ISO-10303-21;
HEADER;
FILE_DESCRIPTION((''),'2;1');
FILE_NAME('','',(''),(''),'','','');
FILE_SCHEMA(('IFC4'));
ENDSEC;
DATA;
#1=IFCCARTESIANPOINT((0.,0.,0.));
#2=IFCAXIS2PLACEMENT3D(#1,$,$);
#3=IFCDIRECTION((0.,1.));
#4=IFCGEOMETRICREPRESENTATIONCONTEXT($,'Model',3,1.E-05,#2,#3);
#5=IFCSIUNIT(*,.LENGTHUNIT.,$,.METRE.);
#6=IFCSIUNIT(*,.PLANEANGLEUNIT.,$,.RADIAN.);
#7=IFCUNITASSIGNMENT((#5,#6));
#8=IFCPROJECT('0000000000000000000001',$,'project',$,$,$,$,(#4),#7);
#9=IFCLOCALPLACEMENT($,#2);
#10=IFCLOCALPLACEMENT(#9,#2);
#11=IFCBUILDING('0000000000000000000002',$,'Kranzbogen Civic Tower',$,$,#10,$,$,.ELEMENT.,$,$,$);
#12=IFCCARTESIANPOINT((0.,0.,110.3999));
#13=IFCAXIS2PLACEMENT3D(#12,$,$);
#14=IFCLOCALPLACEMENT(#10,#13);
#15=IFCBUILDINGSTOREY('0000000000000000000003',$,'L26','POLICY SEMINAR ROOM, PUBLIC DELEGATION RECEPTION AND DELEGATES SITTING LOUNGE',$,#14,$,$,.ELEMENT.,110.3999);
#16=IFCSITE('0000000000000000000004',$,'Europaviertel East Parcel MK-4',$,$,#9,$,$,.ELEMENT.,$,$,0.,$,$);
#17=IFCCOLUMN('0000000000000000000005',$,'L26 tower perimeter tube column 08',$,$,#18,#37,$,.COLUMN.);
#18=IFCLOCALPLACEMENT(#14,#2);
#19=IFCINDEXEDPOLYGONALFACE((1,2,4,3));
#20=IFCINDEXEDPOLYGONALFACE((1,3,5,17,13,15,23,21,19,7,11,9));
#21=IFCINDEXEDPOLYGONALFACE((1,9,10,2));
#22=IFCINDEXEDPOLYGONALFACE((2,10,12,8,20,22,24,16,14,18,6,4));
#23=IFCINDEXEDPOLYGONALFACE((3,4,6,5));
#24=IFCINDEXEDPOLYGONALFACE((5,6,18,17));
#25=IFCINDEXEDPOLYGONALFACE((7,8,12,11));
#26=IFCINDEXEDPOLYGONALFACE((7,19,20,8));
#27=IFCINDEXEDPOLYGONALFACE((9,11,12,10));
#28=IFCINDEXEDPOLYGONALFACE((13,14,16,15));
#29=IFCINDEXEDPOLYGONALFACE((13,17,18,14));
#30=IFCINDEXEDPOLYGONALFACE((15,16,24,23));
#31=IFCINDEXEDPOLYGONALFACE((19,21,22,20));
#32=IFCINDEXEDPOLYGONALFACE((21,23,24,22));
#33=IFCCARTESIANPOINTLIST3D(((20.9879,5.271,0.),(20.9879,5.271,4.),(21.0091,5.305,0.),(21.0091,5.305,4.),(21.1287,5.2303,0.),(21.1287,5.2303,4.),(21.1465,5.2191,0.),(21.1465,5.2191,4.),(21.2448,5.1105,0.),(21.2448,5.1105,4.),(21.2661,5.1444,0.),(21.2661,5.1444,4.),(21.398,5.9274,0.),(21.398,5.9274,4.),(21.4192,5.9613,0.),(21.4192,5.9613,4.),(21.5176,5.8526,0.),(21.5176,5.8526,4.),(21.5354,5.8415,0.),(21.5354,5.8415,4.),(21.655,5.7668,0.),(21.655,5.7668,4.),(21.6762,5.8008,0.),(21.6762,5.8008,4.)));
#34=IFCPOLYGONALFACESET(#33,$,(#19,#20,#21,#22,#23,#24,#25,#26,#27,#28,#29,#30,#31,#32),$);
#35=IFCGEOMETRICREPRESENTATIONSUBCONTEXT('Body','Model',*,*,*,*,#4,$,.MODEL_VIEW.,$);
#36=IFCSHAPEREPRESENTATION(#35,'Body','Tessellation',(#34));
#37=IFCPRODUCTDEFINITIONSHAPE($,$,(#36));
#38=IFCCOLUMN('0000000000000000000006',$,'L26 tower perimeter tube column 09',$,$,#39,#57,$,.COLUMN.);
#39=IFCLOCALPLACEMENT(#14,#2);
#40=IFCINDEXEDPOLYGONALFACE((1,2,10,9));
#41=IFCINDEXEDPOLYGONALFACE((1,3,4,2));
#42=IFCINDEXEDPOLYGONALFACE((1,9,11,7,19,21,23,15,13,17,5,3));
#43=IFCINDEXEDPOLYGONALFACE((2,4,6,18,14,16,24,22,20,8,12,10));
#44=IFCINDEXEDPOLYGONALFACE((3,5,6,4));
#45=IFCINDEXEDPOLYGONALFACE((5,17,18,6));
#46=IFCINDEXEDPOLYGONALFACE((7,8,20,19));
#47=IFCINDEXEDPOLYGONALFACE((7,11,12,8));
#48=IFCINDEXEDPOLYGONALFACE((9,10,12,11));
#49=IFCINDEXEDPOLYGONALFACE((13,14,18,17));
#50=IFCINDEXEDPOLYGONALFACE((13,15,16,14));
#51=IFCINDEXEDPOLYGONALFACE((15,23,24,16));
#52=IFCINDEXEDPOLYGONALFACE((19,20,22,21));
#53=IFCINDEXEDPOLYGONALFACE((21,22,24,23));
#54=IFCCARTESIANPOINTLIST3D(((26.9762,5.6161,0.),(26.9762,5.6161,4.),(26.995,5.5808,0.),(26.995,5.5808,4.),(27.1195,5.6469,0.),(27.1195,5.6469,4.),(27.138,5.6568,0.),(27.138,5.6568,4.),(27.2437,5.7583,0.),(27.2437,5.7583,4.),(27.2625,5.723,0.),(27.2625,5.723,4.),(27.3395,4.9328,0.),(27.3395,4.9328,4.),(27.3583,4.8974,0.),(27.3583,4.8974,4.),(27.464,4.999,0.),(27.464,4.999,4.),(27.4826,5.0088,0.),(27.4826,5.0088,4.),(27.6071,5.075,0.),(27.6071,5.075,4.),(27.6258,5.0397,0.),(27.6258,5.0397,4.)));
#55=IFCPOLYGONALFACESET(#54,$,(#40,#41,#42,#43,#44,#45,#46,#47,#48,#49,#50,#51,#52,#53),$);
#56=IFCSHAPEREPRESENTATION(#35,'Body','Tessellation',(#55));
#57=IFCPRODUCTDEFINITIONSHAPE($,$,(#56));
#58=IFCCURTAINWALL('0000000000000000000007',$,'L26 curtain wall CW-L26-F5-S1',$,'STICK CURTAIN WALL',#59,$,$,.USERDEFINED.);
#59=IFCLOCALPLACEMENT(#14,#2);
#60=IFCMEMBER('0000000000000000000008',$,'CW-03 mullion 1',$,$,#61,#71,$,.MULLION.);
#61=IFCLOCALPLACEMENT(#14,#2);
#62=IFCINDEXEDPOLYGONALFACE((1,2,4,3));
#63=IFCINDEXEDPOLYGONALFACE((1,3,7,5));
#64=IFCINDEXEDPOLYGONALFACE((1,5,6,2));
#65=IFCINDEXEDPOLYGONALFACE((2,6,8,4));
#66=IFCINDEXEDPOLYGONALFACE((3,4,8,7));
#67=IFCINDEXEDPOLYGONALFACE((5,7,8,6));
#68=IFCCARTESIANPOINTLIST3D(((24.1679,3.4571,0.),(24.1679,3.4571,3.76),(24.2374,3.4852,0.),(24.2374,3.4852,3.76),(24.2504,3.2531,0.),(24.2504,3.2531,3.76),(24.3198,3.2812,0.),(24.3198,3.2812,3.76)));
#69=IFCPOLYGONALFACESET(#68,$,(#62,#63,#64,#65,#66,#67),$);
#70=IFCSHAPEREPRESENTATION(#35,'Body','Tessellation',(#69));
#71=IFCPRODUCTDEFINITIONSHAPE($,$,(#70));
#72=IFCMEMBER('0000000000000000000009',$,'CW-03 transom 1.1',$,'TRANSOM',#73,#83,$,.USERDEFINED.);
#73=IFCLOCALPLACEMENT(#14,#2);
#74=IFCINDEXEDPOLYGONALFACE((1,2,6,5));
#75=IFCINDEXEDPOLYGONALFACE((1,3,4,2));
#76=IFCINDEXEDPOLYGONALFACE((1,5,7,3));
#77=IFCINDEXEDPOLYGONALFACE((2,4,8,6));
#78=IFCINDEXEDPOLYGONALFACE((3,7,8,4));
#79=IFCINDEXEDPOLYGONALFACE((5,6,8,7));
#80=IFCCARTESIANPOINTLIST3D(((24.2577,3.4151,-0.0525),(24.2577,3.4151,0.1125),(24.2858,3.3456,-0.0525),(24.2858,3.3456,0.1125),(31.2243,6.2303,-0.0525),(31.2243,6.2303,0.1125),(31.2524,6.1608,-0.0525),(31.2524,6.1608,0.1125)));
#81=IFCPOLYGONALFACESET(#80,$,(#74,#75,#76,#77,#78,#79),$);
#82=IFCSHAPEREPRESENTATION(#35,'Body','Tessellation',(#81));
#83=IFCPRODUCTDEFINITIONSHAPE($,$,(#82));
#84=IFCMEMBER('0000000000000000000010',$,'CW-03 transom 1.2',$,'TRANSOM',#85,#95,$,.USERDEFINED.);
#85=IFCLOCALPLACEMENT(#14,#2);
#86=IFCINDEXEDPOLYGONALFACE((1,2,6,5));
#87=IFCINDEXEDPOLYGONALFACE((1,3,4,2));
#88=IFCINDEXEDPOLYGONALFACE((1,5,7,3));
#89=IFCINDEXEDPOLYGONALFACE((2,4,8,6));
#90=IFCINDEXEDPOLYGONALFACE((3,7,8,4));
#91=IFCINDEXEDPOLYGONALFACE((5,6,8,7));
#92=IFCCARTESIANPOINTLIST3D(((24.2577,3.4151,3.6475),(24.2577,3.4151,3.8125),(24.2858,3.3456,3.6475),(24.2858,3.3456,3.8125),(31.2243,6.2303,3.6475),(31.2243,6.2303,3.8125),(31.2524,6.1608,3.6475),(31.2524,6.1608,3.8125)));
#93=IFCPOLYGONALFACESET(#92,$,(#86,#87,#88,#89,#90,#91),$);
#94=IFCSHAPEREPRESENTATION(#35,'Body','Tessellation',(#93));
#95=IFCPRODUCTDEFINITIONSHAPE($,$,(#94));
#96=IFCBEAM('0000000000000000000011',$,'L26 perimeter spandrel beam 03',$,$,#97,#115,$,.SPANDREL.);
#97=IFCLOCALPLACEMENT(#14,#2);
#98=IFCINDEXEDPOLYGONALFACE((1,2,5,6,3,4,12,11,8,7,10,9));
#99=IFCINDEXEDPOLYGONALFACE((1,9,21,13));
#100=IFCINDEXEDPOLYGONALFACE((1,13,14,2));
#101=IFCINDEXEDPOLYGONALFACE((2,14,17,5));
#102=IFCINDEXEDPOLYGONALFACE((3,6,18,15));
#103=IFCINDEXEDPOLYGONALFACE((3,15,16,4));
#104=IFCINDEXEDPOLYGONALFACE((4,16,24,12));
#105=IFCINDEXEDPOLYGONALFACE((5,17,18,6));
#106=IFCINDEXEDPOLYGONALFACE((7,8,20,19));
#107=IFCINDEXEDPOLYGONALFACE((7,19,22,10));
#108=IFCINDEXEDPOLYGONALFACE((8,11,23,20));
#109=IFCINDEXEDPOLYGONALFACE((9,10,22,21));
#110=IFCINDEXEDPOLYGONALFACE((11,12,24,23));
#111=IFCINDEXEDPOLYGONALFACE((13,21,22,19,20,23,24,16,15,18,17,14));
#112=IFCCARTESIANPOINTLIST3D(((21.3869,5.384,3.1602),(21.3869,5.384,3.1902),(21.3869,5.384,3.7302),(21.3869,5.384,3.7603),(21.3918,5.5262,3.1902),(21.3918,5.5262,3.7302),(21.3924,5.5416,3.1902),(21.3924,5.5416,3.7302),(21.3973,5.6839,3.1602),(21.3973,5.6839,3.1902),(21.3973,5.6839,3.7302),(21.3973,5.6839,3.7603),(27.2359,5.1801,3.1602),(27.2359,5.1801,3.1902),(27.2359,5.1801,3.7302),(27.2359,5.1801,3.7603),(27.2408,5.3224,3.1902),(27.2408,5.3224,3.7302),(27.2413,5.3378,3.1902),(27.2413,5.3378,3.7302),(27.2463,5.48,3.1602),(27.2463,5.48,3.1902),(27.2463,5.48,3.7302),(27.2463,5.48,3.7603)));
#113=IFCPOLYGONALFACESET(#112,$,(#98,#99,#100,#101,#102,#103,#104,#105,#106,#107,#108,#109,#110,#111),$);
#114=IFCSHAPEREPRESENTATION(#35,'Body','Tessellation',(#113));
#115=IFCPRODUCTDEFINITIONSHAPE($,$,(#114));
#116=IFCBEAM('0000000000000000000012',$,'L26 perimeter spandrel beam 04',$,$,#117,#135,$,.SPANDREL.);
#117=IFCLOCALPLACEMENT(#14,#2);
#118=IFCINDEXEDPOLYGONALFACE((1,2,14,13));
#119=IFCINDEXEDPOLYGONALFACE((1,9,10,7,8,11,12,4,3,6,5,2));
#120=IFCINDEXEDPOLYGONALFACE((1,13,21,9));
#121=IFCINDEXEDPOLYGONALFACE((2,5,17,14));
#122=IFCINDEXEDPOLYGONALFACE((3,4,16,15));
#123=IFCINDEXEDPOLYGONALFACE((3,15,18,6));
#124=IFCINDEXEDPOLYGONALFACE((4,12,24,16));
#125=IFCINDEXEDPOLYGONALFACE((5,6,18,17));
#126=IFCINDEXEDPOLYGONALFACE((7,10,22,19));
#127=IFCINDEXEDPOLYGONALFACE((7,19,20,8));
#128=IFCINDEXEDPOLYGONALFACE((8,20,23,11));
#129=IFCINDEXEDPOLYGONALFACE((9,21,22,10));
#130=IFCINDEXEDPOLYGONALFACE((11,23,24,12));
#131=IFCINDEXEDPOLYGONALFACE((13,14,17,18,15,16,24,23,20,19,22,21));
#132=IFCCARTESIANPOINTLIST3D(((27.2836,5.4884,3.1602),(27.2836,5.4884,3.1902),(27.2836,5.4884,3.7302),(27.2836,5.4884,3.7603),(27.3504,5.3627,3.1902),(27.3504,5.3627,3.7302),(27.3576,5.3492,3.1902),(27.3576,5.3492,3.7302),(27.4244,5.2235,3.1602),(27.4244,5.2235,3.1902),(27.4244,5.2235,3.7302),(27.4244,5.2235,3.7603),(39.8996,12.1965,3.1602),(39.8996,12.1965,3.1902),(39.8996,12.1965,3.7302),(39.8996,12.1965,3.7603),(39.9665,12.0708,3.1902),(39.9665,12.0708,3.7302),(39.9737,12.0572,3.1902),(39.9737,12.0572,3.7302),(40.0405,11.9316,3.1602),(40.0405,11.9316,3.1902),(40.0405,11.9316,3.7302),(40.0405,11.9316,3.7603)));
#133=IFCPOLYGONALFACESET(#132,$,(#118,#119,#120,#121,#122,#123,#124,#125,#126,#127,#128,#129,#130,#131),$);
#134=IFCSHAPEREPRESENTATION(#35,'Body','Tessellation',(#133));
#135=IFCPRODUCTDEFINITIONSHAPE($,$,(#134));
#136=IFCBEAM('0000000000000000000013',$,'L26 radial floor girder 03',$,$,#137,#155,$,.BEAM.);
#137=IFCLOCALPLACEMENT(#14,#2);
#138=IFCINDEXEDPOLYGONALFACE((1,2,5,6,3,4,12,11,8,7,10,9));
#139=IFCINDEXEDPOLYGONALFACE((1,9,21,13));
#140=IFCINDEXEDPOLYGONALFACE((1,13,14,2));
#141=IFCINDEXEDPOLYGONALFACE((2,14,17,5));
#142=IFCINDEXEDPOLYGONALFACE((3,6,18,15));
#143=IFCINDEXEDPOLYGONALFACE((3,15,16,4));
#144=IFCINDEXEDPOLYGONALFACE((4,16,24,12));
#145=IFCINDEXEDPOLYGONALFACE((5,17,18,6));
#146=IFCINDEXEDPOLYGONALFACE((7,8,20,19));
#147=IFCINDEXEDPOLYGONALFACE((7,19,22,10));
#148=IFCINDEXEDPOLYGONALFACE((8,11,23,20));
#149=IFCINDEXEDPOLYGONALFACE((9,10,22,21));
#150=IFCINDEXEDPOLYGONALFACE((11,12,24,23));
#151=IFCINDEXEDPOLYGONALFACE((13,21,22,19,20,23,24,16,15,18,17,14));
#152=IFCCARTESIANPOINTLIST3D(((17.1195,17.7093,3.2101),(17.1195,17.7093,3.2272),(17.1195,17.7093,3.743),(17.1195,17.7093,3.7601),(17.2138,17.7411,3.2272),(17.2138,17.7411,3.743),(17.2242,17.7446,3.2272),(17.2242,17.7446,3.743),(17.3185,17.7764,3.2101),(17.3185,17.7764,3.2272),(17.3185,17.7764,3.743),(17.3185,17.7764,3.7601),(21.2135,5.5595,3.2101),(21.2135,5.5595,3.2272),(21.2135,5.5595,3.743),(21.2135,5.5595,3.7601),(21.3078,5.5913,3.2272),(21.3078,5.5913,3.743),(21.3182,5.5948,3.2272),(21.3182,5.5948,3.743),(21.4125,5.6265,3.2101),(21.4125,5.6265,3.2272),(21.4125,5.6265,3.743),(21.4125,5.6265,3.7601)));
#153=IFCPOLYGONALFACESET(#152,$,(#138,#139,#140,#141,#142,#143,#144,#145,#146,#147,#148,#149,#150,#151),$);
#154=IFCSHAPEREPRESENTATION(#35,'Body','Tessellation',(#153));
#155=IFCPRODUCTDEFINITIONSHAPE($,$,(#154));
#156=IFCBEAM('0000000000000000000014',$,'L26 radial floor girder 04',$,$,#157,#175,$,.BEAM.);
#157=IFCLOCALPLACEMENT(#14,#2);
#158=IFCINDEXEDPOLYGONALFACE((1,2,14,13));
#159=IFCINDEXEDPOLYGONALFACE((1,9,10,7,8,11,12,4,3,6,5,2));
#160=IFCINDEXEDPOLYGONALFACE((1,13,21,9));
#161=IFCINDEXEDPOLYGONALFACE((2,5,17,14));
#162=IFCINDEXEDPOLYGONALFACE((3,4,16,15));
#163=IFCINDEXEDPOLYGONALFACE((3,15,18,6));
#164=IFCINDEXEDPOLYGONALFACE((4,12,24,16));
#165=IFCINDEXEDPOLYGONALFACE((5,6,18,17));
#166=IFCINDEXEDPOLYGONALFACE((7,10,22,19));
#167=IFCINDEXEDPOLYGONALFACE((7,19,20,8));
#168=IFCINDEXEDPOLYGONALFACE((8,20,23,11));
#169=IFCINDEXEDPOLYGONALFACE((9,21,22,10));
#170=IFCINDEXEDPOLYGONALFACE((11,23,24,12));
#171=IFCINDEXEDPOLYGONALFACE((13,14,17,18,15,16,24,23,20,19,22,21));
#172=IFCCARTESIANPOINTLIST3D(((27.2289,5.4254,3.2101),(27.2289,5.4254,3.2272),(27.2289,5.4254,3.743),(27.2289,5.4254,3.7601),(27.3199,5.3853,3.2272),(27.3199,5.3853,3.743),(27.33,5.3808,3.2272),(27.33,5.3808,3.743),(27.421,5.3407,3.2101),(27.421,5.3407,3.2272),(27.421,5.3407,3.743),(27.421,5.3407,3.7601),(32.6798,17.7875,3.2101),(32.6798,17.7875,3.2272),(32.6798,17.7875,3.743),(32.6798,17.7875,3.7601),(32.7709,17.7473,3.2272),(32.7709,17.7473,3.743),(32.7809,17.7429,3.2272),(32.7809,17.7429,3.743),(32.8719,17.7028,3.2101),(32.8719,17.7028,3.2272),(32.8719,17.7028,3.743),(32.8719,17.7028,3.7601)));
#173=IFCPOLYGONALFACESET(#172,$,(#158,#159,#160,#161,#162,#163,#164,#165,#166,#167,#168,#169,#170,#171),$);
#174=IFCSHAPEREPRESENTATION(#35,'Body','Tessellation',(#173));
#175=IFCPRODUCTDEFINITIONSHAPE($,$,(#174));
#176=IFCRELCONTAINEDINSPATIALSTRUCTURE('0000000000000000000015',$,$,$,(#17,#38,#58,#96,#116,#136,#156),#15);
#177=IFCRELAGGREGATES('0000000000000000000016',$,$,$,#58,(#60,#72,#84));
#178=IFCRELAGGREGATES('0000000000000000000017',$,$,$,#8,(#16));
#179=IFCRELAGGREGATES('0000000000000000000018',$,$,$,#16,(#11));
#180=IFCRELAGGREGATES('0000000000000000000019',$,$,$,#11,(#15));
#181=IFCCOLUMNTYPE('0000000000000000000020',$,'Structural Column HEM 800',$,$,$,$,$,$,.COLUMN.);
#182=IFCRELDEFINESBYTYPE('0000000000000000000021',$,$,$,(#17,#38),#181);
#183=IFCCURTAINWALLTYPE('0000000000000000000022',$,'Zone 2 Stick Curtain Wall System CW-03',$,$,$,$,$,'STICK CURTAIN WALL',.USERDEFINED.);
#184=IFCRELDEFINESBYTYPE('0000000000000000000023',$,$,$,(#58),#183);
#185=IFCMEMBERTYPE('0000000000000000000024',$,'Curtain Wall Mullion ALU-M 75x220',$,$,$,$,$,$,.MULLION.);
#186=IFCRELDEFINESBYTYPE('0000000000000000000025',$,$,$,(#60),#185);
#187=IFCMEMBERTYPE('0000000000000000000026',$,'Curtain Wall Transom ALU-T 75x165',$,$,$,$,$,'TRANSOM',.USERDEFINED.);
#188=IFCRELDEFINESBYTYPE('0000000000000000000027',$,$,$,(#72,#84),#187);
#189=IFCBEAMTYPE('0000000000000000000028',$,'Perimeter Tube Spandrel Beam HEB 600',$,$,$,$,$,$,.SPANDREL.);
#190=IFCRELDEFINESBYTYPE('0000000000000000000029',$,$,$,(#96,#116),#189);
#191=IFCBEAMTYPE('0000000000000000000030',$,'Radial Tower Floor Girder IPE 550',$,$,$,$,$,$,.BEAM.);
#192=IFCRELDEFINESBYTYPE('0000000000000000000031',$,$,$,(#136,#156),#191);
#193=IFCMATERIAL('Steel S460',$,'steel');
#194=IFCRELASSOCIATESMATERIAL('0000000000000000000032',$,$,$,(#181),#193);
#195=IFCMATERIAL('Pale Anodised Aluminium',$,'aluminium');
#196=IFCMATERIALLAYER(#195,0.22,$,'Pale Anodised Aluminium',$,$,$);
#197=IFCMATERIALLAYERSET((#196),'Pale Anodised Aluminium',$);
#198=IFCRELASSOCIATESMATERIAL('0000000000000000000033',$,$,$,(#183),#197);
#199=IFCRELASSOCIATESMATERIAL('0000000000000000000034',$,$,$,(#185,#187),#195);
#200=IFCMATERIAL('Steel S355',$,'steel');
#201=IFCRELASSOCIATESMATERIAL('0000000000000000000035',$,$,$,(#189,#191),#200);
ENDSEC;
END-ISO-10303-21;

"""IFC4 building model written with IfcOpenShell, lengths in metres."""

from ifc_helpers import new_model, si_unit, direction, frame, origin, origin_2d, place, context, subcontext, project, spatial, rectangle, i_section, extrude, material, layer, layer_set, material_profile, profile_set, type_object, element, aggregate, save


model = new_model("IFC4")

# Units and contexts
model_context = context("Model", 3, precision=1e-05, world=origin(), true_north=direction((0.0, 1.0)))
body_context = subcontext(model_context, "Body", "Model", "MODEL_VIEW")
ifc_project = project(units=[si_unit("LENGTHUNIT", "METRE"), si_unit("PLANEANGLEUNIT", "RADIAN")], contexts=[model_context])

# Site, building, storey
site_placement = place(None, origin())
site = spatial("IfcSite", under=ifc_project, at=site_placement, Name="Europaviertel East Parcel MK-4", CompositionType="ELEMENT", RefElevation=0.0)
building_placement = place(site_placement, origin())
building = spatial("IfcBuilding", under=site, at=building_placement, Name="Kranzbogen Civic Tower", CompositionType="ELEMENT")
storey_placement = place(building_placement, frame((0.0, 0.0, 110.3999)))
storey = spatial("IfcBuildingStorey", under=building, at=storey_placement, Name="L26", Description="POLICY SEMINAR ROOM, PUBLIC DELEGATION RECEPTION AND DELEGATES SITTING LOUNGE", CompositionType="ELEMENT", Elevation=110.3999)

# Columns
ifc_material_1 = material(Name="Steel S460", Category="steel")
ifc_material_profile_1 = material_profile(ifc_material_1, i_section(OverallWidth=0.303, OverallDepth=0.814, WebThickness=0.021, FlangeThickness=0.04, at=origin_2d()), Name="HEM 800")
ifc_profile_set_1 = profile_set([ifc_material_profile_1], Name="Steel S460")
column_type = type_object("IfcColumnType", Name="Structural Column HEM 800", PredefinedType="COLUMN", material=ifc_profile_set_1)
for number, where, z_axis, x_axis, name in (
    (1, (21.332, 5.5359, 0.0), (0.0, 0.0, 1.0), (-0.848048, 0.529919, 0.0), "L26 tower perimeter tube column 08"),
    (2, (27.301, 5.3279, 0.0), (0.0, 0.0, 1.0), (0.882948, 0.469472, 0.0), "L26 tower perimeter tube column 09"),
):
    element("IfcColumn", number, at=place(storey_placement, frame(where, z_axis=z_axis, x_axis=x_axis)), inside=storey, type_object=column_type, Name=name, PredefinedType="COLUMN", context=body_context, shape_type="SweptSolid", body=[
        extrude(i_section(OverallWidth=0.303, OverallDepth=0.814, WebThickness=0.021, FlangeThickness=0.04, at=origin_2d()), origin(), (0.0, 0.0, 1.0), 4.0),
    ])

# Curtain wall, members
ifc_material_2 = material(Name="Pale Anodised Aluminium", Category="aluminium")
ifc_layer_1 = layer(ifc_material_2, 0.22, Name="Pale Anodised Aluminium")
ifc_layer_set_1 = layer_set([ifc_layer_1], Name="Pale Anodised Aluminium")
curtain_wall_type = type_object("IfcCurtainWallType", Name="Zone 2 Stick Curtain Wall System CW-03", ElementType="STICK CURTAIN WALL", PredefinedType="USERDEFINED", material=ifc_layer_set_1)
curtain_wall_placement = place(storey_placement, origin())
curtain_wall = element("IfcCurtainWall", 3, at=curtain_wall_placement, inside=storey, type_object=curtain_wall_type, Name="L26 curtain wall CW-L26-F5-S1", ObjectType="STICK CURTAIN WALL", PredefinedType="USERDEFINED")
ifc_material_profile_2 = material_profile(ifc_material_2, rectangle(XDim=0.075, YDim=0.22, at=origin_2d()), Name="ALU-M 75x220")
ifc_profile_set_2 = profile_set([ifc_material_profile_2], Name="Pale Anodised Aluminium")
member_type_1 = type_object("IfcMemberType", Name="Curtain Wall Mullion ALU-M 75x220", PredefinedType="MULLION", material=ifc_profile_set_2)
member_1_placement = place(storey_placement, frame((24.2439, 3.3691, 0.0), z_axis=(0.0, 0.0, 1.0), x_axis=(0.92717, 0.374641, 0.0)))
member_1 = element("IfcMember", 4, at=member_1_placement, type_object=member_type_1, Name="CW-03 mullion 1", PredefinedType="MULLION", context=body_context, shape_type="SweptSolid", body=[
    extrude(rectangle(XDim=0.075, YDim=0.22, at=origin_2d()), origin(), (0.0, 0.0, 1.0), 3.76),
])
ifc_material_profile_3 = material_profile(ifc_material_2, rectangle(XDim=0.075, YDim=0.165, at=origin_2d()), Name="ALU-T 75x165")
ifc_profile_set_3 = profile_set([ifc_material_profile_3], Name="Pale Anodised Aluminium")
member_type_2 = type_object("IfcMemberType", Name="Curtain Wall Transom ALU-T 75x165", ElementType="TRANSOM", PredefinedType="USERDEFINED", material=ifc_profile_set_3)
member_2_placement = place(storey_placement, frame((24.2717, 3.3804, 0.03), z_axis=(0.92716, 0.374666, 0.0), x_axis=(-0.374666, 0.92716, 0.0)))
member_2 = element("IfcMember", 5, at=member_2_placement, type_object=member_type_2, Name="CW-03 transom 1.1", ObjectType="TRANSOM", PredefinedType="USERDEFINED", context=body_context, shape_type="SweptSolid", body=[
    extrude(rectangle(XDim=0.075, YDim=0.165, at=origin_2d()), origin(), (0.0, 0.0, 1.0), 7.5139),
])
member_3_placement = place(storey_placement, frame((24.2717, 3.3804, 3.73), z_axis=(0.92716, 0.374666, 0.0), x_axis=(-0.374666, 0.92716, 0.0)))
member_3 = element("IfcMember", 6, at=member_3_placement, type_object=member_type_2, Name="CW-03 transom 1.2", ObjectType="TRANSOM", PredefinedType="USERDEFINED", context=body_context, shape_type="SweptSolid", body=[
    extrude(rectangle(XDim=0.075, YDim=0.165, at=origin_2d()), origin(), (0.0, 0.0, 1.0), 7.5139),
])

# Beams
ifc_material_3 = material(Name="Steel S355", Category="steel")
ifc_material_profile_4 = material_profile(ifc_material_3, i_section(OverallWidth=0.3, OverallDepth=0.6001, WebThickness=0.0154, FlangeThickness=0.03, at=origin_2d()), Name="HEB 600")
ifc_profile_set_4 = profile_set([ifc_material_profile_4], Name="Steel S355")
beam_type_1 = type_object("IfcBeamType", Name="Perimeter Tube Spandrel Beam HEB 600", PredefinedType="SPANDREL", material=ifc_profile_set_4)
beam_1_placement = place(storey_placement, frame((21.3921, 5.5339, 3.4602), z_axis=(0.999393, -0.034833, 0.0), x_axis=(0.034833, 0.999393, 0.0)))
element("IfcBeam", 7, at=beam_1_placement, inside=storey, type_object=beam_type_1, Name="L26 perimeter spandrel beam 03", PredefinedType="SPANDREL", context=body_context, shape_type="SweptSolid", body=[
    extrude(i_section(OverallWidth=0.3, OverallDepth=0.6001, WebThickness=0.0154, FlangeThickness=0.03, at=origin_2d()), origin(), (0.0, 0.0, 1.0), 5.8525),
])
beam_2_placement = place(storey_placement, frame((27.354, 5.356, 3.4602), z_axis=(0.882948, 0.46947, 0.0), x_axis=(-0.46947, 0.882948, 0.0)))
element("IfcBeam", 8, at=beam_2_placement, inside=storey, type_object=beam_type_1, Name="L26 perimeter spandrel beam 04", PredefinedType="SPANDREL", context=body_context, shape_type="SweptSolid", body=[
    extrude(i_section(OverallWidth=0.3, OverallDepth=0.6001, WebThickness=0.0154, FlangeThickness=0.03, at=origin_2d()), origin(), (0.0, 0.0, 1.0), 14.2886),
])
ifc_material_profile_5 = material_profile(ifc_material_3, i_section(OverallWidth=0.21, OverallDepth=0.55, WebThickness=0.011, FlangeThickness=0.0171, at=origin_2d()), Name="IPE 550")
ifc_profile_set_5 = profile_set([ifc_material_profile_5], Name="Steel S355")
beam_type_2 = type_object("IfcBeamType", Name="Radial Tower Floor Girder IPE 550", PredefinedType="BEAM", material=ifc_profile_set_5)
beam_3_placement = place(storey_placement, frame((21.313, 5.593, 3.4851), z_axis=(-0.319317, 0.947648, 0.0), x_axis=(-0.947648, -0.319317, 0.0)))
element("IfcBeam", 9, at=beam_3_placement, inside=storey, type_object=beam_type_2, Name="L26 radial floor girder 03", PredefinedType="BEAM", context=body_context, shape_type="SweptSolid", body=[
    extrude(i_section(OverallWidth=0.21, OverallDepth=0.55, WebThickness=0.011, FlangeThickness=0.0171, at=origin_2d()), origin(), (0.0, 0.0, 1.0), 12.821),
])
beam_4_placement = place(storey_placement, frame((27.325, 5.3831, 3.4851), z_axis=(0.403459, 0.914998, 0.0), x_axis=(-0.914998, 0.403459, 0.0)))
element("IfcBeam", 10, at=beam_4_placement, inside=storey, type_object=beam_type_2, Name="L26 radial floor girder 04", PredefinedType="BEAM", context=body_context, shape_type="SweptSolid", body=[
    extrude(i_section(OverallWidth=0.21, OverallDepth=0.55, WebThickness=0.011, FlangeThickness=0.0171, at=origin_2d()), origin(), (0.0, 0.0, 1.0), 13.5105),
])

aggregate(curtain_wall, [member_1, member_2, member_3])

save(model, "model.ifc")
